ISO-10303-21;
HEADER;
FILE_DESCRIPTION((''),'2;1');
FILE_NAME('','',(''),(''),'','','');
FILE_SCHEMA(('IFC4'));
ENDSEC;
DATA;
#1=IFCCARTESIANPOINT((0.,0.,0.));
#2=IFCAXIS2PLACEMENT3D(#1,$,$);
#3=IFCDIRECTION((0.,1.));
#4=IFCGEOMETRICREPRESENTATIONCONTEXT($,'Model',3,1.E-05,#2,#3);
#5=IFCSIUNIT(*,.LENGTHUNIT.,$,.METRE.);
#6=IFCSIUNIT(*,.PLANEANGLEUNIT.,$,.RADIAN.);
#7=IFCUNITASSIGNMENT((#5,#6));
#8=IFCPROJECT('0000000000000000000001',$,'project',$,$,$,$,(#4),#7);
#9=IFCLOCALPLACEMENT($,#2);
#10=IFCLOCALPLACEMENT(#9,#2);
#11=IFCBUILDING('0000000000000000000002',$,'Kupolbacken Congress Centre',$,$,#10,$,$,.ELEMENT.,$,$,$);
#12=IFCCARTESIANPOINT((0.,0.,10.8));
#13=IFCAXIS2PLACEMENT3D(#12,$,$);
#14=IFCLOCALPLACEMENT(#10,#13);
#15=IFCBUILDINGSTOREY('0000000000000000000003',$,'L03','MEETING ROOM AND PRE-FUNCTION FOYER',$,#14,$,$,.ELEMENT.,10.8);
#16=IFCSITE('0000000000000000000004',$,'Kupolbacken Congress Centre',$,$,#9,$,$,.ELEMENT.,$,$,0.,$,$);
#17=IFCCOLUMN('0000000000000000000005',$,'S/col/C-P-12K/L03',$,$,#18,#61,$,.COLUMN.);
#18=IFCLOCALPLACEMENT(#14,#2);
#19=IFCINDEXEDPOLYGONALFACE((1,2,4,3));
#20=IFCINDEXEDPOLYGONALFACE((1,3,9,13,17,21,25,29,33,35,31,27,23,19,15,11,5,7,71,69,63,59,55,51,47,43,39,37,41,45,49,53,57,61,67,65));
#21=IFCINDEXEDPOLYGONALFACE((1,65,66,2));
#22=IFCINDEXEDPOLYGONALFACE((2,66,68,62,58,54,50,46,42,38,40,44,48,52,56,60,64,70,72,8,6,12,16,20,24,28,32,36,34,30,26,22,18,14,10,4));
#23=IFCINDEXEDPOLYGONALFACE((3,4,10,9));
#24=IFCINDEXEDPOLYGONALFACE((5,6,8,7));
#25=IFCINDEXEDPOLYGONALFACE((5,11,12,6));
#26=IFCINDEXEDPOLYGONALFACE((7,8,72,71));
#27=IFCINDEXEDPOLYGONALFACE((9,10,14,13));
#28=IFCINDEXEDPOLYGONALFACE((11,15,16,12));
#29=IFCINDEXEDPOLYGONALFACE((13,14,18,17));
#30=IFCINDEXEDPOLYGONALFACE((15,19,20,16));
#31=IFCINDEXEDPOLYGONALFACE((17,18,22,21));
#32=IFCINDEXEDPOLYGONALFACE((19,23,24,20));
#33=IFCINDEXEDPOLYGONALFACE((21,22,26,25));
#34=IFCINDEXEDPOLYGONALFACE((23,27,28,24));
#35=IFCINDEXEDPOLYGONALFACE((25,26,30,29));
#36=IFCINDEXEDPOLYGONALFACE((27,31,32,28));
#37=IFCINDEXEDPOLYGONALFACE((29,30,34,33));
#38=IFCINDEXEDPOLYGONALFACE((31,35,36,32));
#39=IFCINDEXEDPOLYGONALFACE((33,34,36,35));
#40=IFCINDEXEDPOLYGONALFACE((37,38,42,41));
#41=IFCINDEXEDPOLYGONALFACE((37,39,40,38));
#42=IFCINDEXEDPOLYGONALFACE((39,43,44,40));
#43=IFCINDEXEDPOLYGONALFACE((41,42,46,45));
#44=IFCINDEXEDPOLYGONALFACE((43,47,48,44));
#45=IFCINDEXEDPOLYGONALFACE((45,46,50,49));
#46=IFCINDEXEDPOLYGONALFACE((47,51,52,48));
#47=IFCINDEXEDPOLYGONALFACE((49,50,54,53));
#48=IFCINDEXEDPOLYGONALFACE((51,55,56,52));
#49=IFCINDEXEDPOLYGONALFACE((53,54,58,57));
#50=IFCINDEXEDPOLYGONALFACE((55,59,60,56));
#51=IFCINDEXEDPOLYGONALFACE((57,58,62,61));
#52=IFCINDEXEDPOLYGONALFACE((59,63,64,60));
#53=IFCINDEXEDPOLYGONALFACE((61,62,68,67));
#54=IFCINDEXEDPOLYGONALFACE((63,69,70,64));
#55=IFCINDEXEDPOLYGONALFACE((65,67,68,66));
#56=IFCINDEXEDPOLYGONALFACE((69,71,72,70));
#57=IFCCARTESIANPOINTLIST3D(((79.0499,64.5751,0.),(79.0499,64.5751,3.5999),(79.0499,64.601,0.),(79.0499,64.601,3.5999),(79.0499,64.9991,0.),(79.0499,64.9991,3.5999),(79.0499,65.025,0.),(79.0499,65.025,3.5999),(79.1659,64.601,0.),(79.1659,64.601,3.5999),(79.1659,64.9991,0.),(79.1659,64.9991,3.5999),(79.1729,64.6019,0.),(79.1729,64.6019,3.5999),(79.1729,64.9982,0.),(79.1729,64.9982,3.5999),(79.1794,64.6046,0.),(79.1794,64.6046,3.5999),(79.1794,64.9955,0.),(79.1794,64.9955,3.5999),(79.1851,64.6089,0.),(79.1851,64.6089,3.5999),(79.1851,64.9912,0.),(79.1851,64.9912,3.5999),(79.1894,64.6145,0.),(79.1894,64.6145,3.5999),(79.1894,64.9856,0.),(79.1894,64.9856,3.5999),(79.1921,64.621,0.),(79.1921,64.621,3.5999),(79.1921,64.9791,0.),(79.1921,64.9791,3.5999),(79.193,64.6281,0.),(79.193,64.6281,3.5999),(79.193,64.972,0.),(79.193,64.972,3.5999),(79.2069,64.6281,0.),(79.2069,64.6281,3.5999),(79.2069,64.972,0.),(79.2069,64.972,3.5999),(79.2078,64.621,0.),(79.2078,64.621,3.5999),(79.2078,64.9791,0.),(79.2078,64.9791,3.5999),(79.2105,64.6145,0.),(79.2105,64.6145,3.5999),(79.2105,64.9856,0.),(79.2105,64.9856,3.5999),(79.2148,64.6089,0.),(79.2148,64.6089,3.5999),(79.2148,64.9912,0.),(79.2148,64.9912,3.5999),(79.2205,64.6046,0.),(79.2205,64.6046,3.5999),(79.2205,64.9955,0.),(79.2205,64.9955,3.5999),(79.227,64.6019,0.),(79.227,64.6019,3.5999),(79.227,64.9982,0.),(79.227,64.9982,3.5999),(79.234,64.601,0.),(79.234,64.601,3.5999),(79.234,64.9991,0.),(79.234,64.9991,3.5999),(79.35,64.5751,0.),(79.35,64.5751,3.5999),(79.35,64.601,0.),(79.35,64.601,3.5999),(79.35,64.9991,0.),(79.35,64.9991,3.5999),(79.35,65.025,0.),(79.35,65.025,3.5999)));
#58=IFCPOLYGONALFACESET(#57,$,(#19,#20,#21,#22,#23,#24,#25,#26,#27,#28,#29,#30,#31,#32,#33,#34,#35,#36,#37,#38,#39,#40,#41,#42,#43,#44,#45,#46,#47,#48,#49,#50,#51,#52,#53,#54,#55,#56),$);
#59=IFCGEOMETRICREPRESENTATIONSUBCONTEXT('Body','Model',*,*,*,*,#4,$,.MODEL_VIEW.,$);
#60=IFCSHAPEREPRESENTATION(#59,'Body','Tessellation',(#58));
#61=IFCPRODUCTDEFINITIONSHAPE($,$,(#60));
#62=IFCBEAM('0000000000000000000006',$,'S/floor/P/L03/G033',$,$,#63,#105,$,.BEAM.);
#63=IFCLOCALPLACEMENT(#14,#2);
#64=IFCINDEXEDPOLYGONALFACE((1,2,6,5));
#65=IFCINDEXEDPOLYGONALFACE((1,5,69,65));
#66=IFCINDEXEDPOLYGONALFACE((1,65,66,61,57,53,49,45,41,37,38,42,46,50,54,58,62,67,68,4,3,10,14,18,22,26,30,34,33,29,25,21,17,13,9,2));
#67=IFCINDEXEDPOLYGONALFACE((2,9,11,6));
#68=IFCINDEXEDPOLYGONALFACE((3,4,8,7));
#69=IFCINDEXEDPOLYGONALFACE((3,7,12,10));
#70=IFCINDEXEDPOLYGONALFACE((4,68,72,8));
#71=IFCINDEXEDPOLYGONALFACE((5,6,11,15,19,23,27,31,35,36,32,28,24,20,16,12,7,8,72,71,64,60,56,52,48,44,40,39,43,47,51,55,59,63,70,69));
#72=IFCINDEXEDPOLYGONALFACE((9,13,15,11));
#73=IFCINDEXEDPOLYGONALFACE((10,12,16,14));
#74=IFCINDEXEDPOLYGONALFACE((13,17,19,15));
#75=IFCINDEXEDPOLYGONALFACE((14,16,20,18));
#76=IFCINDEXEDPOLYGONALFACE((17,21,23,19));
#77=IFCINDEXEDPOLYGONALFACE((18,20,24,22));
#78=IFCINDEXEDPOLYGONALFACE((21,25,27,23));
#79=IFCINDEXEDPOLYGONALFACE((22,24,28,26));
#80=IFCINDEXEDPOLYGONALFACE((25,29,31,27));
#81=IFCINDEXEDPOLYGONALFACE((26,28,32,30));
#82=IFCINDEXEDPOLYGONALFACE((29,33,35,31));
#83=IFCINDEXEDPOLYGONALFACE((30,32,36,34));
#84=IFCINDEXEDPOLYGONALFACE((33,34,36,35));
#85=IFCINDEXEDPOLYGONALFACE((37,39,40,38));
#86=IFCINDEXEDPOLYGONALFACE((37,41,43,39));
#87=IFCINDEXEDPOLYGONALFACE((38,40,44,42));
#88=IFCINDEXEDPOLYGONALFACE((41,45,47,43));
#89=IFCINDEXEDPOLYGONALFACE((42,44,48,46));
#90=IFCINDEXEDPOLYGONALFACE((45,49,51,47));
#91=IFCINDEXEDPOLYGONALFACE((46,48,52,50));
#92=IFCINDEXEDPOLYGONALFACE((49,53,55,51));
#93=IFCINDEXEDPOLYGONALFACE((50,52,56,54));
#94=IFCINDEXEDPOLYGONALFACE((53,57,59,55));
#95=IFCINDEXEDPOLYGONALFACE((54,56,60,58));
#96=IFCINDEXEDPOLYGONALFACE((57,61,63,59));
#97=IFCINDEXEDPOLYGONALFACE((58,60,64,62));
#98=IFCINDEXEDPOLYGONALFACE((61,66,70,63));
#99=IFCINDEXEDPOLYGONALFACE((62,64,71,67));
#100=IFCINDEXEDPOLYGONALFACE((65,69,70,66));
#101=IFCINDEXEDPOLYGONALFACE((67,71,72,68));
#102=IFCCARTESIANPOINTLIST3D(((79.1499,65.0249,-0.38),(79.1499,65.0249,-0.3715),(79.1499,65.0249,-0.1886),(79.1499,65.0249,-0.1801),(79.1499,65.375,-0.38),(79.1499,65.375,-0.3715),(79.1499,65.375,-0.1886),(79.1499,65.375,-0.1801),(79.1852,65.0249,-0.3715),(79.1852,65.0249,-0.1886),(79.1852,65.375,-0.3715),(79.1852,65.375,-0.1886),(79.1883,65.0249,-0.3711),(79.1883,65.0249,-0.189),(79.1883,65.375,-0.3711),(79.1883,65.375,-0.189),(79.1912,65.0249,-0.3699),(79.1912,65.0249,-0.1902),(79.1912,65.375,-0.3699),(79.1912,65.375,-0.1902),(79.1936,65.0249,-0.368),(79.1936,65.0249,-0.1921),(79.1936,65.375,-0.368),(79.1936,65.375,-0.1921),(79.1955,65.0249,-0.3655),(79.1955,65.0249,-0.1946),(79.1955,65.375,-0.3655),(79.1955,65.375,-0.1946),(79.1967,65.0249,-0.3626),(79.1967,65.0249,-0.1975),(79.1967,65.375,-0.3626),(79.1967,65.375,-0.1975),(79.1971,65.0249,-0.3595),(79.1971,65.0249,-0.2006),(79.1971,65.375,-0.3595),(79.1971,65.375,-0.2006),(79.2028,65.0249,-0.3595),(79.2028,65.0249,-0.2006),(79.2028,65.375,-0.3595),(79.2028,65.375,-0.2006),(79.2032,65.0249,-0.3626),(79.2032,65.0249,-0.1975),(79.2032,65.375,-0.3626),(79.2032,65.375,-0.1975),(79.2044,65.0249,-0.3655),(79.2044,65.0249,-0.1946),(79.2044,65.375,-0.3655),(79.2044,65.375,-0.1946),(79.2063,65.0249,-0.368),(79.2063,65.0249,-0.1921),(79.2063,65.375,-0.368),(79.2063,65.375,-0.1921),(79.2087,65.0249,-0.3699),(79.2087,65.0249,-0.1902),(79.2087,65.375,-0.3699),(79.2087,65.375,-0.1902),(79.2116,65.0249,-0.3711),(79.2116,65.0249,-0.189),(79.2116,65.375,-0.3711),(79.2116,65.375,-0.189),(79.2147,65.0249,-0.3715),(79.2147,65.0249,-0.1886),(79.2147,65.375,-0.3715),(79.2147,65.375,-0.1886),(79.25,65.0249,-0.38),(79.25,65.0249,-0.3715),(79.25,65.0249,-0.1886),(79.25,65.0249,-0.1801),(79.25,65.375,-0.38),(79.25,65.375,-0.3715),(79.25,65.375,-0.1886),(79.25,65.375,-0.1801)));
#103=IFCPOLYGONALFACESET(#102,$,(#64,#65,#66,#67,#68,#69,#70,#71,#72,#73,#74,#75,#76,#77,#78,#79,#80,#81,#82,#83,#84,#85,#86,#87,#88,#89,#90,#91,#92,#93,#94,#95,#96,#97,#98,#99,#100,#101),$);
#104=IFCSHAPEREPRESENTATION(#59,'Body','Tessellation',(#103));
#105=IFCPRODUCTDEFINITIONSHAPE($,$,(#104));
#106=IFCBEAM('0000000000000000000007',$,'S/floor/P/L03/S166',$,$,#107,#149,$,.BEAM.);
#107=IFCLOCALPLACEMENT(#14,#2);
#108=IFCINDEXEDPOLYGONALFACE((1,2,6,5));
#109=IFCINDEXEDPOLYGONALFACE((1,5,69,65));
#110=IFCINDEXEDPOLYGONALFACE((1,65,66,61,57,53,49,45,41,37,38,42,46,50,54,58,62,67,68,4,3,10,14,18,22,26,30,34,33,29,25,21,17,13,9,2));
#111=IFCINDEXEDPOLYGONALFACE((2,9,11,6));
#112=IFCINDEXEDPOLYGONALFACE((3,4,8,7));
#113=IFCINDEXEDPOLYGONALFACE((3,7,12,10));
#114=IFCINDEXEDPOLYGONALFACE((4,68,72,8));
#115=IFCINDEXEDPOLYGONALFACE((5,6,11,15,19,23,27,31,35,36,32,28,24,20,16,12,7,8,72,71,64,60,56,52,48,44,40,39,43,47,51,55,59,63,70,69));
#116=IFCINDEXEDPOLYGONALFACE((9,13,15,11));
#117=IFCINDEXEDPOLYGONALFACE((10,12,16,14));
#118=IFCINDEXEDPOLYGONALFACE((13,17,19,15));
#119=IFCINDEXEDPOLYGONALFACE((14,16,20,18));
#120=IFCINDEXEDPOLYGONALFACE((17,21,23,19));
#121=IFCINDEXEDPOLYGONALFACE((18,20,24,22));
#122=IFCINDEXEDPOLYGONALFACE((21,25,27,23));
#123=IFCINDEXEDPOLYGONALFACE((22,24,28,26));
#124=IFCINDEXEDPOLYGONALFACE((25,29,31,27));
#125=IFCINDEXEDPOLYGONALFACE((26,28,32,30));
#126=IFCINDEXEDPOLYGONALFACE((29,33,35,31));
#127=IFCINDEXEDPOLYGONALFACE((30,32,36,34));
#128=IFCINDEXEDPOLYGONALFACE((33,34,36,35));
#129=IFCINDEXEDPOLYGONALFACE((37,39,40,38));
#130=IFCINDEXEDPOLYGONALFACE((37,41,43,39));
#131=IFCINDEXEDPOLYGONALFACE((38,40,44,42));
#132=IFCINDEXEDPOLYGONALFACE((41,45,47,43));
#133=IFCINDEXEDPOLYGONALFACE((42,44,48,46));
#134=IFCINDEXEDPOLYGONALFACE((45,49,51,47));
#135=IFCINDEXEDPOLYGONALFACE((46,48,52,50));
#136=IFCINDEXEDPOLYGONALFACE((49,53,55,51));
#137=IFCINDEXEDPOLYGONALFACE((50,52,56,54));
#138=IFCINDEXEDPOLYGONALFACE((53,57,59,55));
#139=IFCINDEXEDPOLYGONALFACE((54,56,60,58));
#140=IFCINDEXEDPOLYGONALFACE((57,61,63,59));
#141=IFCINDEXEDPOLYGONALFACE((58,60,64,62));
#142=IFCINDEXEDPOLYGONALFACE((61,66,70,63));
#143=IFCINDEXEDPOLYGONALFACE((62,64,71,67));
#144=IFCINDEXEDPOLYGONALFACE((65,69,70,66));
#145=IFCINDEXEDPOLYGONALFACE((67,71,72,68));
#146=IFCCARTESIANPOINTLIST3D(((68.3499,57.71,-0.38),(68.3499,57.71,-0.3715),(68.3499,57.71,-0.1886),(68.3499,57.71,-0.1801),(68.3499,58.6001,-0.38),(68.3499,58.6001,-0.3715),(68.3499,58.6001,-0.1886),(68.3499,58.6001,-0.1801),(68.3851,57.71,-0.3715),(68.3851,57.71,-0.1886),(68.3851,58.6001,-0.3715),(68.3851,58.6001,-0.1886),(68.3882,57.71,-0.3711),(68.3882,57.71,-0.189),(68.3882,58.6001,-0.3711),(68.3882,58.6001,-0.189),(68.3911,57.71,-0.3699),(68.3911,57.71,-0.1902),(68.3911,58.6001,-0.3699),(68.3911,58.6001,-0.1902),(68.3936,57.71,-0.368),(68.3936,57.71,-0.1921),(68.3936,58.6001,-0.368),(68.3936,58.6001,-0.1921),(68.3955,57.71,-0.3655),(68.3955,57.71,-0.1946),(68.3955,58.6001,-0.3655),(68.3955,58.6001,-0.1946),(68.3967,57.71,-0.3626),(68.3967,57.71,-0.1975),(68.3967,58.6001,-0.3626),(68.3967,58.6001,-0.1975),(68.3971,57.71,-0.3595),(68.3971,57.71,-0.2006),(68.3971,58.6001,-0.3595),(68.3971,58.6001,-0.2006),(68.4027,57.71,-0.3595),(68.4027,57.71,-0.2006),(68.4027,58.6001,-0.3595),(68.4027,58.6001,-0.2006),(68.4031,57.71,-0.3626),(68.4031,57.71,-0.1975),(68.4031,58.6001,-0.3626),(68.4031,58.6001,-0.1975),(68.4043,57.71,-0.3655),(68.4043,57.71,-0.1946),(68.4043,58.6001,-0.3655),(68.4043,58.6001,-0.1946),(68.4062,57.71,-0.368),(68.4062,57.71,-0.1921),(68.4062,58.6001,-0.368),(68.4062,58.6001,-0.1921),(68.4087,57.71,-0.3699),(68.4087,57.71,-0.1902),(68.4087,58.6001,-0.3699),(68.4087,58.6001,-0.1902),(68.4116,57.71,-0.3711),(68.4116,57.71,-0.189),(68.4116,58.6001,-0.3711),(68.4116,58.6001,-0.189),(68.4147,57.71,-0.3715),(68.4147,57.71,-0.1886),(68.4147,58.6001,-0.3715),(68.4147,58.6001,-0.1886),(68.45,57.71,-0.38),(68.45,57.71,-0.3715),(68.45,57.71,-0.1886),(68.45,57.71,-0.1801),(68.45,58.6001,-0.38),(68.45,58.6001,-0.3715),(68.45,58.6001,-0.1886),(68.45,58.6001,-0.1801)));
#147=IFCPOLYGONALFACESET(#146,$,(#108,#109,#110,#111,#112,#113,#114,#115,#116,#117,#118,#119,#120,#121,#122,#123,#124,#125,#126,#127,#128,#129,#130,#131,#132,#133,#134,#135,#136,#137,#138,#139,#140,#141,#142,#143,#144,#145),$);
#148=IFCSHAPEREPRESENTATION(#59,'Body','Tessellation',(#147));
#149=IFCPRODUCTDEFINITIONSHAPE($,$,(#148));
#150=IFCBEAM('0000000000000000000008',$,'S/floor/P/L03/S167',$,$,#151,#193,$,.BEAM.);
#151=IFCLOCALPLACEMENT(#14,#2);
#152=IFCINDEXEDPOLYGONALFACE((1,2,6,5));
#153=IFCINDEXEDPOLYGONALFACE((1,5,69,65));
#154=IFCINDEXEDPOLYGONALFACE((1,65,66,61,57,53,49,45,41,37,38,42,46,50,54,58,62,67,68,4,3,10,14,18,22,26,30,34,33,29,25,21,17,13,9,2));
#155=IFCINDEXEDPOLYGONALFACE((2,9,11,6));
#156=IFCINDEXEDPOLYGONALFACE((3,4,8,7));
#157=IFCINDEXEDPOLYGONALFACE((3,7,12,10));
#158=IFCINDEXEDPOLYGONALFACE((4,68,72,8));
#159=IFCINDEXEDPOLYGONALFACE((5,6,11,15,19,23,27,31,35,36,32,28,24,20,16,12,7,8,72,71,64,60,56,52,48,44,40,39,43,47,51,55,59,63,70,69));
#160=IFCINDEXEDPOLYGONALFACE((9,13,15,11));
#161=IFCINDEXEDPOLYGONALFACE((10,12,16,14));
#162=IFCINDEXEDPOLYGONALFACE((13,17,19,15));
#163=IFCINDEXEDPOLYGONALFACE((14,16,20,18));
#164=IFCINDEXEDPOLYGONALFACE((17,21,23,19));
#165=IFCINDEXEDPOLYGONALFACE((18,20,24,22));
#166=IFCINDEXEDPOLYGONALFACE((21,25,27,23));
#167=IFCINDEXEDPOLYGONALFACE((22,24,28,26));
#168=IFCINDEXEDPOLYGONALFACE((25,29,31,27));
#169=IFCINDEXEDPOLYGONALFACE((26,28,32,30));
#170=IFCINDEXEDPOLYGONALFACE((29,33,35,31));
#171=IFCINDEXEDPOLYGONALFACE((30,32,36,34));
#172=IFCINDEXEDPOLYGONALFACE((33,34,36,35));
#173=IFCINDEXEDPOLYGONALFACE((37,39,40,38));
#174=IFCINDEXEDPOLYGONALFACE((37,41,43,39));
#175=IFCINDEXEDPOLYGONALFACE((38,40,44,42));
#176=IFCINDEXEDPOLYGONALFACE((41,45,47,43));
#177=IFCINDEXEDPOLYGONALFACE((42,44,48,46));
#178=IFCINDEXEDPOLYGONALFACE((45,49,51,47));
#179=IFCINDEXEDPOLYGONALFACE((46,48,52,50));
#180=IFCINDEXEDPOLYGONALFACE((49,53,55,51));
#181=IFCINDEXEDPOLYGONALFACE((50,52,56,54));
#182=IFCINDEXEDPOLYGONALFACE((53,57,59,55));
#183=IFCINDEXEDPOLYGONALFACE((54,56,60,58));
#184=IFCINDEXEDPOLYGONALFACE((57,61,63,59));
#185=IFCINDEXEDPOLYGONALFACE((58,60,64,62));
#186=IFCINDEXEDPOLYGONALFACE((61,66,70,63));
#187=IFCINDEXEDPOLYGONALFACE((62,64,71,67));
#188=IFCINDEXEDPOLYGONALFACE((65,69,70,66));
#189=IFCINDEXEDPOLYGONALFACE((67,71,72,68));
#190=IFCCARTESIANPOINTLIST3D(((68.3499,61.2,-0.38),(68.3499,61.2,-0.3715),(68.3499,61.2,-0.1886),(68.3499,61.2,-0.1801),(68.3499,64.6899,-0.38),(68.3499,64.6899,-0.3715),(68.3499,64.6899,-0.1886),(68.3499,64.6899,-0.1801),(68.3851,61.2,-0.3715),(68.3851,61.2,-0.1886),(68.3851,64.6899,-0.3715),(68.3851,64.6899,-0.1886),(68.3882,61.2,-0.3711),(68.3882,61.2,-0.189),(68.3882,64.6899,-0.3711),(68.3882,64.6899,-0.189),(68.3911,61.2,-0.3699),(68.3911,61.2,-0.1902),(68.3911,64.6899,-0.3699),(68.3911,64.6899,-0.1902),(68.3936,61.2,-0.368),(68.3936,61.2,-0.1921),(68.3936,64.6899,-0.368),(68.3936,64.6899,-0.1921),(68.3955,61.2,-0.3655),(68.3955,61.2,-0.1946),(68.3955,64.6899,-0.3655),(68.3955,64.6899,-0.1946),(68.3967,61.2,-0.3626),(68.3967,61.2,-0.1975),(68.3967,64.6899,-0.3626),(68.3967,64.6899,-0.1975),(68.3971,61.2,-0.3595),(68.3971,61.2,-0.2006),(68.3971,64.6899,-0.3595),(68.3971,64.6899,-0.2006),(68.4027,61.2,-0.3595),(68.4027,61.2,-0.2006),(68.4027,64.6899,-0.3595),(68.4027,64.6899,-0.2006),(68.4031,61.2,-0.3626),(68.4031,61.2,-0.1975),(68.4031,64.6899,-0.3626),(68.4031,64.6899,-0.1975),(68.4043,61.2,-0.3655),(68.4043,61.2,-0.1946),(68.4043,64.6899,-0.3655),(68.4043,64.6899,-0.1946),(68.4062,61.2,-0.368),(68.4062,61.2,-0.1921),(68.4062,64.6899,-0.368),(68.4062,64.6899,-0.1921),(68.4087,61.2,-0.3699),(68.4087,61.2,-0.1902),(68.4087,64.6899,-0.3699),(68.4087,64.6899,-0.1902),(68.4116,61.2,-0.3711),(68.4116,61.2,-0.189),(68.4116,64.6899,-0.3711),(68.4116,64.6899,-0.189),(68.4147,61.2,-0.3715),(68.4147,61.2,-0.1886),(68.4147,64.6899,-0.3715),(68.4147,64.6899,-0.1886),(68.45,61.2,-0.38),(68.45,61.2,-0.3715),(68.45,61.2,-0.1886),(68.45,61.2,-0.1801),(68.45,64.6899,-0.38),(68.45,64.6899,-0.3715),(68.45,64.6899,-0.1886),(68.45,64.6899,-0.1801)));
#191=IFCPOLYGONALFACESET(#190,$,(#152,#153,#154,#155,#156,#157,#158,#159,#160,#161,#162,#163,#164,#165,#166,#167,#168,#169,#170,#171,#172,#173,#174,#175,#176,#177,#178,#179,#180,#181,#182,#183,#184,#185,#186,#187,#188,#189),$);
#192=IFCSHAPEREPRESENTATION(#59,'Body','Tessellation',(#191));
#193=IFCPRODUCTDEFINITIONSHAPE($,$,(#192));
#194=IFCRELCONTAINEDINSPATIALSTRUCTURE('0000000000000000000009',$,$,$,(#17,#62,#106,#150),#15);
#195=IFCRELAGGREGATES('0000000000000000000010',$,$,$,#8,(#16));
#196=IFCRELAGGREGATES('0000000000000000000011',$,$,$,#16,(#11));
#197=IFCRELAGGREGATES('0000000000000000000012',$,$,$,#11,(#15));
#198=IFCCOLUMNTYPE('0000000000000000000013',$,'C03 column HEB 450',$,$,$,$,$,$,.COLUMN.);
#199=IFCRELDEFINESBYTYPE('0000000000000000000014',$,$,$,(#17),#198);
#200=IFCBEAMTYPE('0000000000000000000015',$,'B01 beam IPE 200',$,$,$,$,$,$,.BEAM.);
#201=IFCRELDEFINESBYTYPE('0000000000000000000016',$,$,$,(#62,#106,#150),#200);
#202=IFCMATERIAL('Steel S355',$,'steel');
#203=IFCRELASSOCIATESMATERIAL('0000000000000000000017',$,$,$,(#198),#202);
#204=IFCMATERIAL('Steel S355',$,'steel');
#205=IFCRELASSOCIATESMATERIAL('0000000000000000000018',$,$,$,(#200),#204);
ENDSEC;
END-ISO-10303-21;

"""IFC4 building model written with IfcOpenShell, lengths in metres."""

from ifc_helpers import new_model, si_unit, direction, frame, origin, origin_2d, place, context, subcontext, project, spatial, i_section, extrude, material, material_profile, profile_set, type_object, element, save


model = new_model("IFC4")

# Units and contexts
model_context = context("Model", 3, precision=1e-05, world=origin(), true_north=direction((0.0, 1.0)))
body_context = subcontext(model_context, "Body", "Model", "MODEL_VIEW")
ifc_project = project(units=[si_unit("LENGTHUNIT", "METRE"), si_unit("PLANEANGLEUNIT", "RADIAN")], contexts=[model_context])

# Site, building, storey
site_placement = place(None, origin())
site = spatial("IfcSite", under=ifc_project, at=site_placement, Name="Kupolbacken Congress Centre", CompositionType="ELEMENT", RefElevation=0.0)
building_placement = place(site_placement, origin())
building = spatial("IfcBuilding", under=site, at=building_placement, Name="Kupolbacken Congress Centre", CompositionType="ELEMENT")
storey_placement = place(building_placement, frame((0.0, 0.0, 10.8)))
storey = spatial("IfcBuildingStorey", under=building, at=storey_placement, Name="L03", Description="MEETING ROOM AND PRE-FUNCTION FOYER", CompositionType="ELEMENT", Elevation=10.8)

# Column
ifc_material_1 = material(Name="Steel S355", Category="steel")
ifc_material_profile_1 = material_profile(ifc_material_1, i_section(OverallWidth=0.3, OverallDepth=0.45, WebThickness=0.0139, FlangeThickness=0.0259, FilletRadius=0.0271, at=origin_2d()), Name="HEB 450")
ifc_profile_set_1 = profile_set([ifc_material_profile_1], Name="Steel S355")
column_type = type_object("IfcColumnType", Name="C03 column HEB 450", PredefinedType="COLUMN", material=ifc_profile_set_1)
column_placement = place(storey_placement, frame((79.2, 64.8, 0.0), z_axis=(0.0, 0.0, 1.0), x_axis=(1.0, 0.0, 0.0)))
element("IfcColumn", 1, at=column_placement, inside=storey, type_object=column_type, Name="S/col/C-P-12K/L03", PredefinedType="COLUMN", context=body_context, shape_type="SweptSolid", body=[
    extrude(i_section(OverallWidth=0.3, OverallDepth=0.45, WebThickness=0.0139, FlangeThickness=0.0259, FilletRadius=0.0271, at=origin_2d()), origin(), (0.0, 0.0, 1.0), 3.5999),
])

# Beams
ifc_material_2 = material(Name="Steel S355", Category="steel")
ifc_material_profile_2 = material_profile(ifc_material_2, i_section(OverallWidth=0.1001, OverallDepth=0.2, WebThickness=0.0056, FlangeThickness=0.0085, FilletRadius=0.012, at=origin_2d()), Name="IPE 200")
ifc_profile_set_2 = profile_set([ifc_material_profile_2], Name="Steel S355")
beam_type_1 = type_object("IfcBeamType", Name="B01 beam IPE 200", PredefinedType="BEAM", material=ifc_profile_set_2)
beam_1_placement = place(storey_placement, frame((79.2, 65.0249, -0.28), z_axis=(0.0, 1.0, 0.0), x_axis=(-1.0, 0.0, 0.0)))
element("IfcBeam", 2, at=beam_1_placement, inside=storey, type_object=beam_type_1, Name="S/floor/P/L03/G033", PredefinedType="BEAM", context=body_context, shape_type="SweptSolid", body=[
    extrude(i_section(OverallWidth=0.1001, OverallDepth=0.2, WebThickness=0.0056, FlangeThickness=0.0085, FilletRadius=0.012, at=origin_2d()), origin(), (0.0, 0.0, 1.0), 0.3501),
])
beam_2_placement = place(storey_placement, frame((68.3999, 57.71, -0.28), z_axis=(0.0, 1.0, 0.0), x_axis=(-1.0, 0.0, 0.0)))
element("IfcBeam", 3, at=beam_2_placement, inside=storey, type_object=beam_type_1, Name="S/floor/P/L03/S166", PredefinedType="BEAM", context=body_context, shape_type="SweptSolid", body=[
    extrude(i_section(OverallWidth=0.1001, OverallDepth=0.2, WebThickness=0.0056, FlangeThickness=0.0085, FilletRadius=0.012, at=origin_2d()), origin(), (0.0, 0.0, 1.0), 0.8901),
])
beam_3_placement = place(storey_placement, frame((68.3999, 61.2, -0.28), z_axis=(0.0, 1.0, 0.0), x_axis=(-1.0, 0.0, 0.0)))
element("IfcBeam", 4, at=beam_3_placement, inside=storey, type_object=beam_type_1, Name="S/floor/P/L03/S167", PredefinedType="BEAM", context=body_context, shape_type="SweptSolid", body=[
    extrude(i_section(OverallWidth=0.1001, OverallDepth=0.2, WebThickness=0.0056, FlangeThickness=0.0085, FilletRadius=0.012, at=origin_2d()), origin(), (0.0, 0.0, 1.0), 3.49),
])

save(model, "model.ifc")
